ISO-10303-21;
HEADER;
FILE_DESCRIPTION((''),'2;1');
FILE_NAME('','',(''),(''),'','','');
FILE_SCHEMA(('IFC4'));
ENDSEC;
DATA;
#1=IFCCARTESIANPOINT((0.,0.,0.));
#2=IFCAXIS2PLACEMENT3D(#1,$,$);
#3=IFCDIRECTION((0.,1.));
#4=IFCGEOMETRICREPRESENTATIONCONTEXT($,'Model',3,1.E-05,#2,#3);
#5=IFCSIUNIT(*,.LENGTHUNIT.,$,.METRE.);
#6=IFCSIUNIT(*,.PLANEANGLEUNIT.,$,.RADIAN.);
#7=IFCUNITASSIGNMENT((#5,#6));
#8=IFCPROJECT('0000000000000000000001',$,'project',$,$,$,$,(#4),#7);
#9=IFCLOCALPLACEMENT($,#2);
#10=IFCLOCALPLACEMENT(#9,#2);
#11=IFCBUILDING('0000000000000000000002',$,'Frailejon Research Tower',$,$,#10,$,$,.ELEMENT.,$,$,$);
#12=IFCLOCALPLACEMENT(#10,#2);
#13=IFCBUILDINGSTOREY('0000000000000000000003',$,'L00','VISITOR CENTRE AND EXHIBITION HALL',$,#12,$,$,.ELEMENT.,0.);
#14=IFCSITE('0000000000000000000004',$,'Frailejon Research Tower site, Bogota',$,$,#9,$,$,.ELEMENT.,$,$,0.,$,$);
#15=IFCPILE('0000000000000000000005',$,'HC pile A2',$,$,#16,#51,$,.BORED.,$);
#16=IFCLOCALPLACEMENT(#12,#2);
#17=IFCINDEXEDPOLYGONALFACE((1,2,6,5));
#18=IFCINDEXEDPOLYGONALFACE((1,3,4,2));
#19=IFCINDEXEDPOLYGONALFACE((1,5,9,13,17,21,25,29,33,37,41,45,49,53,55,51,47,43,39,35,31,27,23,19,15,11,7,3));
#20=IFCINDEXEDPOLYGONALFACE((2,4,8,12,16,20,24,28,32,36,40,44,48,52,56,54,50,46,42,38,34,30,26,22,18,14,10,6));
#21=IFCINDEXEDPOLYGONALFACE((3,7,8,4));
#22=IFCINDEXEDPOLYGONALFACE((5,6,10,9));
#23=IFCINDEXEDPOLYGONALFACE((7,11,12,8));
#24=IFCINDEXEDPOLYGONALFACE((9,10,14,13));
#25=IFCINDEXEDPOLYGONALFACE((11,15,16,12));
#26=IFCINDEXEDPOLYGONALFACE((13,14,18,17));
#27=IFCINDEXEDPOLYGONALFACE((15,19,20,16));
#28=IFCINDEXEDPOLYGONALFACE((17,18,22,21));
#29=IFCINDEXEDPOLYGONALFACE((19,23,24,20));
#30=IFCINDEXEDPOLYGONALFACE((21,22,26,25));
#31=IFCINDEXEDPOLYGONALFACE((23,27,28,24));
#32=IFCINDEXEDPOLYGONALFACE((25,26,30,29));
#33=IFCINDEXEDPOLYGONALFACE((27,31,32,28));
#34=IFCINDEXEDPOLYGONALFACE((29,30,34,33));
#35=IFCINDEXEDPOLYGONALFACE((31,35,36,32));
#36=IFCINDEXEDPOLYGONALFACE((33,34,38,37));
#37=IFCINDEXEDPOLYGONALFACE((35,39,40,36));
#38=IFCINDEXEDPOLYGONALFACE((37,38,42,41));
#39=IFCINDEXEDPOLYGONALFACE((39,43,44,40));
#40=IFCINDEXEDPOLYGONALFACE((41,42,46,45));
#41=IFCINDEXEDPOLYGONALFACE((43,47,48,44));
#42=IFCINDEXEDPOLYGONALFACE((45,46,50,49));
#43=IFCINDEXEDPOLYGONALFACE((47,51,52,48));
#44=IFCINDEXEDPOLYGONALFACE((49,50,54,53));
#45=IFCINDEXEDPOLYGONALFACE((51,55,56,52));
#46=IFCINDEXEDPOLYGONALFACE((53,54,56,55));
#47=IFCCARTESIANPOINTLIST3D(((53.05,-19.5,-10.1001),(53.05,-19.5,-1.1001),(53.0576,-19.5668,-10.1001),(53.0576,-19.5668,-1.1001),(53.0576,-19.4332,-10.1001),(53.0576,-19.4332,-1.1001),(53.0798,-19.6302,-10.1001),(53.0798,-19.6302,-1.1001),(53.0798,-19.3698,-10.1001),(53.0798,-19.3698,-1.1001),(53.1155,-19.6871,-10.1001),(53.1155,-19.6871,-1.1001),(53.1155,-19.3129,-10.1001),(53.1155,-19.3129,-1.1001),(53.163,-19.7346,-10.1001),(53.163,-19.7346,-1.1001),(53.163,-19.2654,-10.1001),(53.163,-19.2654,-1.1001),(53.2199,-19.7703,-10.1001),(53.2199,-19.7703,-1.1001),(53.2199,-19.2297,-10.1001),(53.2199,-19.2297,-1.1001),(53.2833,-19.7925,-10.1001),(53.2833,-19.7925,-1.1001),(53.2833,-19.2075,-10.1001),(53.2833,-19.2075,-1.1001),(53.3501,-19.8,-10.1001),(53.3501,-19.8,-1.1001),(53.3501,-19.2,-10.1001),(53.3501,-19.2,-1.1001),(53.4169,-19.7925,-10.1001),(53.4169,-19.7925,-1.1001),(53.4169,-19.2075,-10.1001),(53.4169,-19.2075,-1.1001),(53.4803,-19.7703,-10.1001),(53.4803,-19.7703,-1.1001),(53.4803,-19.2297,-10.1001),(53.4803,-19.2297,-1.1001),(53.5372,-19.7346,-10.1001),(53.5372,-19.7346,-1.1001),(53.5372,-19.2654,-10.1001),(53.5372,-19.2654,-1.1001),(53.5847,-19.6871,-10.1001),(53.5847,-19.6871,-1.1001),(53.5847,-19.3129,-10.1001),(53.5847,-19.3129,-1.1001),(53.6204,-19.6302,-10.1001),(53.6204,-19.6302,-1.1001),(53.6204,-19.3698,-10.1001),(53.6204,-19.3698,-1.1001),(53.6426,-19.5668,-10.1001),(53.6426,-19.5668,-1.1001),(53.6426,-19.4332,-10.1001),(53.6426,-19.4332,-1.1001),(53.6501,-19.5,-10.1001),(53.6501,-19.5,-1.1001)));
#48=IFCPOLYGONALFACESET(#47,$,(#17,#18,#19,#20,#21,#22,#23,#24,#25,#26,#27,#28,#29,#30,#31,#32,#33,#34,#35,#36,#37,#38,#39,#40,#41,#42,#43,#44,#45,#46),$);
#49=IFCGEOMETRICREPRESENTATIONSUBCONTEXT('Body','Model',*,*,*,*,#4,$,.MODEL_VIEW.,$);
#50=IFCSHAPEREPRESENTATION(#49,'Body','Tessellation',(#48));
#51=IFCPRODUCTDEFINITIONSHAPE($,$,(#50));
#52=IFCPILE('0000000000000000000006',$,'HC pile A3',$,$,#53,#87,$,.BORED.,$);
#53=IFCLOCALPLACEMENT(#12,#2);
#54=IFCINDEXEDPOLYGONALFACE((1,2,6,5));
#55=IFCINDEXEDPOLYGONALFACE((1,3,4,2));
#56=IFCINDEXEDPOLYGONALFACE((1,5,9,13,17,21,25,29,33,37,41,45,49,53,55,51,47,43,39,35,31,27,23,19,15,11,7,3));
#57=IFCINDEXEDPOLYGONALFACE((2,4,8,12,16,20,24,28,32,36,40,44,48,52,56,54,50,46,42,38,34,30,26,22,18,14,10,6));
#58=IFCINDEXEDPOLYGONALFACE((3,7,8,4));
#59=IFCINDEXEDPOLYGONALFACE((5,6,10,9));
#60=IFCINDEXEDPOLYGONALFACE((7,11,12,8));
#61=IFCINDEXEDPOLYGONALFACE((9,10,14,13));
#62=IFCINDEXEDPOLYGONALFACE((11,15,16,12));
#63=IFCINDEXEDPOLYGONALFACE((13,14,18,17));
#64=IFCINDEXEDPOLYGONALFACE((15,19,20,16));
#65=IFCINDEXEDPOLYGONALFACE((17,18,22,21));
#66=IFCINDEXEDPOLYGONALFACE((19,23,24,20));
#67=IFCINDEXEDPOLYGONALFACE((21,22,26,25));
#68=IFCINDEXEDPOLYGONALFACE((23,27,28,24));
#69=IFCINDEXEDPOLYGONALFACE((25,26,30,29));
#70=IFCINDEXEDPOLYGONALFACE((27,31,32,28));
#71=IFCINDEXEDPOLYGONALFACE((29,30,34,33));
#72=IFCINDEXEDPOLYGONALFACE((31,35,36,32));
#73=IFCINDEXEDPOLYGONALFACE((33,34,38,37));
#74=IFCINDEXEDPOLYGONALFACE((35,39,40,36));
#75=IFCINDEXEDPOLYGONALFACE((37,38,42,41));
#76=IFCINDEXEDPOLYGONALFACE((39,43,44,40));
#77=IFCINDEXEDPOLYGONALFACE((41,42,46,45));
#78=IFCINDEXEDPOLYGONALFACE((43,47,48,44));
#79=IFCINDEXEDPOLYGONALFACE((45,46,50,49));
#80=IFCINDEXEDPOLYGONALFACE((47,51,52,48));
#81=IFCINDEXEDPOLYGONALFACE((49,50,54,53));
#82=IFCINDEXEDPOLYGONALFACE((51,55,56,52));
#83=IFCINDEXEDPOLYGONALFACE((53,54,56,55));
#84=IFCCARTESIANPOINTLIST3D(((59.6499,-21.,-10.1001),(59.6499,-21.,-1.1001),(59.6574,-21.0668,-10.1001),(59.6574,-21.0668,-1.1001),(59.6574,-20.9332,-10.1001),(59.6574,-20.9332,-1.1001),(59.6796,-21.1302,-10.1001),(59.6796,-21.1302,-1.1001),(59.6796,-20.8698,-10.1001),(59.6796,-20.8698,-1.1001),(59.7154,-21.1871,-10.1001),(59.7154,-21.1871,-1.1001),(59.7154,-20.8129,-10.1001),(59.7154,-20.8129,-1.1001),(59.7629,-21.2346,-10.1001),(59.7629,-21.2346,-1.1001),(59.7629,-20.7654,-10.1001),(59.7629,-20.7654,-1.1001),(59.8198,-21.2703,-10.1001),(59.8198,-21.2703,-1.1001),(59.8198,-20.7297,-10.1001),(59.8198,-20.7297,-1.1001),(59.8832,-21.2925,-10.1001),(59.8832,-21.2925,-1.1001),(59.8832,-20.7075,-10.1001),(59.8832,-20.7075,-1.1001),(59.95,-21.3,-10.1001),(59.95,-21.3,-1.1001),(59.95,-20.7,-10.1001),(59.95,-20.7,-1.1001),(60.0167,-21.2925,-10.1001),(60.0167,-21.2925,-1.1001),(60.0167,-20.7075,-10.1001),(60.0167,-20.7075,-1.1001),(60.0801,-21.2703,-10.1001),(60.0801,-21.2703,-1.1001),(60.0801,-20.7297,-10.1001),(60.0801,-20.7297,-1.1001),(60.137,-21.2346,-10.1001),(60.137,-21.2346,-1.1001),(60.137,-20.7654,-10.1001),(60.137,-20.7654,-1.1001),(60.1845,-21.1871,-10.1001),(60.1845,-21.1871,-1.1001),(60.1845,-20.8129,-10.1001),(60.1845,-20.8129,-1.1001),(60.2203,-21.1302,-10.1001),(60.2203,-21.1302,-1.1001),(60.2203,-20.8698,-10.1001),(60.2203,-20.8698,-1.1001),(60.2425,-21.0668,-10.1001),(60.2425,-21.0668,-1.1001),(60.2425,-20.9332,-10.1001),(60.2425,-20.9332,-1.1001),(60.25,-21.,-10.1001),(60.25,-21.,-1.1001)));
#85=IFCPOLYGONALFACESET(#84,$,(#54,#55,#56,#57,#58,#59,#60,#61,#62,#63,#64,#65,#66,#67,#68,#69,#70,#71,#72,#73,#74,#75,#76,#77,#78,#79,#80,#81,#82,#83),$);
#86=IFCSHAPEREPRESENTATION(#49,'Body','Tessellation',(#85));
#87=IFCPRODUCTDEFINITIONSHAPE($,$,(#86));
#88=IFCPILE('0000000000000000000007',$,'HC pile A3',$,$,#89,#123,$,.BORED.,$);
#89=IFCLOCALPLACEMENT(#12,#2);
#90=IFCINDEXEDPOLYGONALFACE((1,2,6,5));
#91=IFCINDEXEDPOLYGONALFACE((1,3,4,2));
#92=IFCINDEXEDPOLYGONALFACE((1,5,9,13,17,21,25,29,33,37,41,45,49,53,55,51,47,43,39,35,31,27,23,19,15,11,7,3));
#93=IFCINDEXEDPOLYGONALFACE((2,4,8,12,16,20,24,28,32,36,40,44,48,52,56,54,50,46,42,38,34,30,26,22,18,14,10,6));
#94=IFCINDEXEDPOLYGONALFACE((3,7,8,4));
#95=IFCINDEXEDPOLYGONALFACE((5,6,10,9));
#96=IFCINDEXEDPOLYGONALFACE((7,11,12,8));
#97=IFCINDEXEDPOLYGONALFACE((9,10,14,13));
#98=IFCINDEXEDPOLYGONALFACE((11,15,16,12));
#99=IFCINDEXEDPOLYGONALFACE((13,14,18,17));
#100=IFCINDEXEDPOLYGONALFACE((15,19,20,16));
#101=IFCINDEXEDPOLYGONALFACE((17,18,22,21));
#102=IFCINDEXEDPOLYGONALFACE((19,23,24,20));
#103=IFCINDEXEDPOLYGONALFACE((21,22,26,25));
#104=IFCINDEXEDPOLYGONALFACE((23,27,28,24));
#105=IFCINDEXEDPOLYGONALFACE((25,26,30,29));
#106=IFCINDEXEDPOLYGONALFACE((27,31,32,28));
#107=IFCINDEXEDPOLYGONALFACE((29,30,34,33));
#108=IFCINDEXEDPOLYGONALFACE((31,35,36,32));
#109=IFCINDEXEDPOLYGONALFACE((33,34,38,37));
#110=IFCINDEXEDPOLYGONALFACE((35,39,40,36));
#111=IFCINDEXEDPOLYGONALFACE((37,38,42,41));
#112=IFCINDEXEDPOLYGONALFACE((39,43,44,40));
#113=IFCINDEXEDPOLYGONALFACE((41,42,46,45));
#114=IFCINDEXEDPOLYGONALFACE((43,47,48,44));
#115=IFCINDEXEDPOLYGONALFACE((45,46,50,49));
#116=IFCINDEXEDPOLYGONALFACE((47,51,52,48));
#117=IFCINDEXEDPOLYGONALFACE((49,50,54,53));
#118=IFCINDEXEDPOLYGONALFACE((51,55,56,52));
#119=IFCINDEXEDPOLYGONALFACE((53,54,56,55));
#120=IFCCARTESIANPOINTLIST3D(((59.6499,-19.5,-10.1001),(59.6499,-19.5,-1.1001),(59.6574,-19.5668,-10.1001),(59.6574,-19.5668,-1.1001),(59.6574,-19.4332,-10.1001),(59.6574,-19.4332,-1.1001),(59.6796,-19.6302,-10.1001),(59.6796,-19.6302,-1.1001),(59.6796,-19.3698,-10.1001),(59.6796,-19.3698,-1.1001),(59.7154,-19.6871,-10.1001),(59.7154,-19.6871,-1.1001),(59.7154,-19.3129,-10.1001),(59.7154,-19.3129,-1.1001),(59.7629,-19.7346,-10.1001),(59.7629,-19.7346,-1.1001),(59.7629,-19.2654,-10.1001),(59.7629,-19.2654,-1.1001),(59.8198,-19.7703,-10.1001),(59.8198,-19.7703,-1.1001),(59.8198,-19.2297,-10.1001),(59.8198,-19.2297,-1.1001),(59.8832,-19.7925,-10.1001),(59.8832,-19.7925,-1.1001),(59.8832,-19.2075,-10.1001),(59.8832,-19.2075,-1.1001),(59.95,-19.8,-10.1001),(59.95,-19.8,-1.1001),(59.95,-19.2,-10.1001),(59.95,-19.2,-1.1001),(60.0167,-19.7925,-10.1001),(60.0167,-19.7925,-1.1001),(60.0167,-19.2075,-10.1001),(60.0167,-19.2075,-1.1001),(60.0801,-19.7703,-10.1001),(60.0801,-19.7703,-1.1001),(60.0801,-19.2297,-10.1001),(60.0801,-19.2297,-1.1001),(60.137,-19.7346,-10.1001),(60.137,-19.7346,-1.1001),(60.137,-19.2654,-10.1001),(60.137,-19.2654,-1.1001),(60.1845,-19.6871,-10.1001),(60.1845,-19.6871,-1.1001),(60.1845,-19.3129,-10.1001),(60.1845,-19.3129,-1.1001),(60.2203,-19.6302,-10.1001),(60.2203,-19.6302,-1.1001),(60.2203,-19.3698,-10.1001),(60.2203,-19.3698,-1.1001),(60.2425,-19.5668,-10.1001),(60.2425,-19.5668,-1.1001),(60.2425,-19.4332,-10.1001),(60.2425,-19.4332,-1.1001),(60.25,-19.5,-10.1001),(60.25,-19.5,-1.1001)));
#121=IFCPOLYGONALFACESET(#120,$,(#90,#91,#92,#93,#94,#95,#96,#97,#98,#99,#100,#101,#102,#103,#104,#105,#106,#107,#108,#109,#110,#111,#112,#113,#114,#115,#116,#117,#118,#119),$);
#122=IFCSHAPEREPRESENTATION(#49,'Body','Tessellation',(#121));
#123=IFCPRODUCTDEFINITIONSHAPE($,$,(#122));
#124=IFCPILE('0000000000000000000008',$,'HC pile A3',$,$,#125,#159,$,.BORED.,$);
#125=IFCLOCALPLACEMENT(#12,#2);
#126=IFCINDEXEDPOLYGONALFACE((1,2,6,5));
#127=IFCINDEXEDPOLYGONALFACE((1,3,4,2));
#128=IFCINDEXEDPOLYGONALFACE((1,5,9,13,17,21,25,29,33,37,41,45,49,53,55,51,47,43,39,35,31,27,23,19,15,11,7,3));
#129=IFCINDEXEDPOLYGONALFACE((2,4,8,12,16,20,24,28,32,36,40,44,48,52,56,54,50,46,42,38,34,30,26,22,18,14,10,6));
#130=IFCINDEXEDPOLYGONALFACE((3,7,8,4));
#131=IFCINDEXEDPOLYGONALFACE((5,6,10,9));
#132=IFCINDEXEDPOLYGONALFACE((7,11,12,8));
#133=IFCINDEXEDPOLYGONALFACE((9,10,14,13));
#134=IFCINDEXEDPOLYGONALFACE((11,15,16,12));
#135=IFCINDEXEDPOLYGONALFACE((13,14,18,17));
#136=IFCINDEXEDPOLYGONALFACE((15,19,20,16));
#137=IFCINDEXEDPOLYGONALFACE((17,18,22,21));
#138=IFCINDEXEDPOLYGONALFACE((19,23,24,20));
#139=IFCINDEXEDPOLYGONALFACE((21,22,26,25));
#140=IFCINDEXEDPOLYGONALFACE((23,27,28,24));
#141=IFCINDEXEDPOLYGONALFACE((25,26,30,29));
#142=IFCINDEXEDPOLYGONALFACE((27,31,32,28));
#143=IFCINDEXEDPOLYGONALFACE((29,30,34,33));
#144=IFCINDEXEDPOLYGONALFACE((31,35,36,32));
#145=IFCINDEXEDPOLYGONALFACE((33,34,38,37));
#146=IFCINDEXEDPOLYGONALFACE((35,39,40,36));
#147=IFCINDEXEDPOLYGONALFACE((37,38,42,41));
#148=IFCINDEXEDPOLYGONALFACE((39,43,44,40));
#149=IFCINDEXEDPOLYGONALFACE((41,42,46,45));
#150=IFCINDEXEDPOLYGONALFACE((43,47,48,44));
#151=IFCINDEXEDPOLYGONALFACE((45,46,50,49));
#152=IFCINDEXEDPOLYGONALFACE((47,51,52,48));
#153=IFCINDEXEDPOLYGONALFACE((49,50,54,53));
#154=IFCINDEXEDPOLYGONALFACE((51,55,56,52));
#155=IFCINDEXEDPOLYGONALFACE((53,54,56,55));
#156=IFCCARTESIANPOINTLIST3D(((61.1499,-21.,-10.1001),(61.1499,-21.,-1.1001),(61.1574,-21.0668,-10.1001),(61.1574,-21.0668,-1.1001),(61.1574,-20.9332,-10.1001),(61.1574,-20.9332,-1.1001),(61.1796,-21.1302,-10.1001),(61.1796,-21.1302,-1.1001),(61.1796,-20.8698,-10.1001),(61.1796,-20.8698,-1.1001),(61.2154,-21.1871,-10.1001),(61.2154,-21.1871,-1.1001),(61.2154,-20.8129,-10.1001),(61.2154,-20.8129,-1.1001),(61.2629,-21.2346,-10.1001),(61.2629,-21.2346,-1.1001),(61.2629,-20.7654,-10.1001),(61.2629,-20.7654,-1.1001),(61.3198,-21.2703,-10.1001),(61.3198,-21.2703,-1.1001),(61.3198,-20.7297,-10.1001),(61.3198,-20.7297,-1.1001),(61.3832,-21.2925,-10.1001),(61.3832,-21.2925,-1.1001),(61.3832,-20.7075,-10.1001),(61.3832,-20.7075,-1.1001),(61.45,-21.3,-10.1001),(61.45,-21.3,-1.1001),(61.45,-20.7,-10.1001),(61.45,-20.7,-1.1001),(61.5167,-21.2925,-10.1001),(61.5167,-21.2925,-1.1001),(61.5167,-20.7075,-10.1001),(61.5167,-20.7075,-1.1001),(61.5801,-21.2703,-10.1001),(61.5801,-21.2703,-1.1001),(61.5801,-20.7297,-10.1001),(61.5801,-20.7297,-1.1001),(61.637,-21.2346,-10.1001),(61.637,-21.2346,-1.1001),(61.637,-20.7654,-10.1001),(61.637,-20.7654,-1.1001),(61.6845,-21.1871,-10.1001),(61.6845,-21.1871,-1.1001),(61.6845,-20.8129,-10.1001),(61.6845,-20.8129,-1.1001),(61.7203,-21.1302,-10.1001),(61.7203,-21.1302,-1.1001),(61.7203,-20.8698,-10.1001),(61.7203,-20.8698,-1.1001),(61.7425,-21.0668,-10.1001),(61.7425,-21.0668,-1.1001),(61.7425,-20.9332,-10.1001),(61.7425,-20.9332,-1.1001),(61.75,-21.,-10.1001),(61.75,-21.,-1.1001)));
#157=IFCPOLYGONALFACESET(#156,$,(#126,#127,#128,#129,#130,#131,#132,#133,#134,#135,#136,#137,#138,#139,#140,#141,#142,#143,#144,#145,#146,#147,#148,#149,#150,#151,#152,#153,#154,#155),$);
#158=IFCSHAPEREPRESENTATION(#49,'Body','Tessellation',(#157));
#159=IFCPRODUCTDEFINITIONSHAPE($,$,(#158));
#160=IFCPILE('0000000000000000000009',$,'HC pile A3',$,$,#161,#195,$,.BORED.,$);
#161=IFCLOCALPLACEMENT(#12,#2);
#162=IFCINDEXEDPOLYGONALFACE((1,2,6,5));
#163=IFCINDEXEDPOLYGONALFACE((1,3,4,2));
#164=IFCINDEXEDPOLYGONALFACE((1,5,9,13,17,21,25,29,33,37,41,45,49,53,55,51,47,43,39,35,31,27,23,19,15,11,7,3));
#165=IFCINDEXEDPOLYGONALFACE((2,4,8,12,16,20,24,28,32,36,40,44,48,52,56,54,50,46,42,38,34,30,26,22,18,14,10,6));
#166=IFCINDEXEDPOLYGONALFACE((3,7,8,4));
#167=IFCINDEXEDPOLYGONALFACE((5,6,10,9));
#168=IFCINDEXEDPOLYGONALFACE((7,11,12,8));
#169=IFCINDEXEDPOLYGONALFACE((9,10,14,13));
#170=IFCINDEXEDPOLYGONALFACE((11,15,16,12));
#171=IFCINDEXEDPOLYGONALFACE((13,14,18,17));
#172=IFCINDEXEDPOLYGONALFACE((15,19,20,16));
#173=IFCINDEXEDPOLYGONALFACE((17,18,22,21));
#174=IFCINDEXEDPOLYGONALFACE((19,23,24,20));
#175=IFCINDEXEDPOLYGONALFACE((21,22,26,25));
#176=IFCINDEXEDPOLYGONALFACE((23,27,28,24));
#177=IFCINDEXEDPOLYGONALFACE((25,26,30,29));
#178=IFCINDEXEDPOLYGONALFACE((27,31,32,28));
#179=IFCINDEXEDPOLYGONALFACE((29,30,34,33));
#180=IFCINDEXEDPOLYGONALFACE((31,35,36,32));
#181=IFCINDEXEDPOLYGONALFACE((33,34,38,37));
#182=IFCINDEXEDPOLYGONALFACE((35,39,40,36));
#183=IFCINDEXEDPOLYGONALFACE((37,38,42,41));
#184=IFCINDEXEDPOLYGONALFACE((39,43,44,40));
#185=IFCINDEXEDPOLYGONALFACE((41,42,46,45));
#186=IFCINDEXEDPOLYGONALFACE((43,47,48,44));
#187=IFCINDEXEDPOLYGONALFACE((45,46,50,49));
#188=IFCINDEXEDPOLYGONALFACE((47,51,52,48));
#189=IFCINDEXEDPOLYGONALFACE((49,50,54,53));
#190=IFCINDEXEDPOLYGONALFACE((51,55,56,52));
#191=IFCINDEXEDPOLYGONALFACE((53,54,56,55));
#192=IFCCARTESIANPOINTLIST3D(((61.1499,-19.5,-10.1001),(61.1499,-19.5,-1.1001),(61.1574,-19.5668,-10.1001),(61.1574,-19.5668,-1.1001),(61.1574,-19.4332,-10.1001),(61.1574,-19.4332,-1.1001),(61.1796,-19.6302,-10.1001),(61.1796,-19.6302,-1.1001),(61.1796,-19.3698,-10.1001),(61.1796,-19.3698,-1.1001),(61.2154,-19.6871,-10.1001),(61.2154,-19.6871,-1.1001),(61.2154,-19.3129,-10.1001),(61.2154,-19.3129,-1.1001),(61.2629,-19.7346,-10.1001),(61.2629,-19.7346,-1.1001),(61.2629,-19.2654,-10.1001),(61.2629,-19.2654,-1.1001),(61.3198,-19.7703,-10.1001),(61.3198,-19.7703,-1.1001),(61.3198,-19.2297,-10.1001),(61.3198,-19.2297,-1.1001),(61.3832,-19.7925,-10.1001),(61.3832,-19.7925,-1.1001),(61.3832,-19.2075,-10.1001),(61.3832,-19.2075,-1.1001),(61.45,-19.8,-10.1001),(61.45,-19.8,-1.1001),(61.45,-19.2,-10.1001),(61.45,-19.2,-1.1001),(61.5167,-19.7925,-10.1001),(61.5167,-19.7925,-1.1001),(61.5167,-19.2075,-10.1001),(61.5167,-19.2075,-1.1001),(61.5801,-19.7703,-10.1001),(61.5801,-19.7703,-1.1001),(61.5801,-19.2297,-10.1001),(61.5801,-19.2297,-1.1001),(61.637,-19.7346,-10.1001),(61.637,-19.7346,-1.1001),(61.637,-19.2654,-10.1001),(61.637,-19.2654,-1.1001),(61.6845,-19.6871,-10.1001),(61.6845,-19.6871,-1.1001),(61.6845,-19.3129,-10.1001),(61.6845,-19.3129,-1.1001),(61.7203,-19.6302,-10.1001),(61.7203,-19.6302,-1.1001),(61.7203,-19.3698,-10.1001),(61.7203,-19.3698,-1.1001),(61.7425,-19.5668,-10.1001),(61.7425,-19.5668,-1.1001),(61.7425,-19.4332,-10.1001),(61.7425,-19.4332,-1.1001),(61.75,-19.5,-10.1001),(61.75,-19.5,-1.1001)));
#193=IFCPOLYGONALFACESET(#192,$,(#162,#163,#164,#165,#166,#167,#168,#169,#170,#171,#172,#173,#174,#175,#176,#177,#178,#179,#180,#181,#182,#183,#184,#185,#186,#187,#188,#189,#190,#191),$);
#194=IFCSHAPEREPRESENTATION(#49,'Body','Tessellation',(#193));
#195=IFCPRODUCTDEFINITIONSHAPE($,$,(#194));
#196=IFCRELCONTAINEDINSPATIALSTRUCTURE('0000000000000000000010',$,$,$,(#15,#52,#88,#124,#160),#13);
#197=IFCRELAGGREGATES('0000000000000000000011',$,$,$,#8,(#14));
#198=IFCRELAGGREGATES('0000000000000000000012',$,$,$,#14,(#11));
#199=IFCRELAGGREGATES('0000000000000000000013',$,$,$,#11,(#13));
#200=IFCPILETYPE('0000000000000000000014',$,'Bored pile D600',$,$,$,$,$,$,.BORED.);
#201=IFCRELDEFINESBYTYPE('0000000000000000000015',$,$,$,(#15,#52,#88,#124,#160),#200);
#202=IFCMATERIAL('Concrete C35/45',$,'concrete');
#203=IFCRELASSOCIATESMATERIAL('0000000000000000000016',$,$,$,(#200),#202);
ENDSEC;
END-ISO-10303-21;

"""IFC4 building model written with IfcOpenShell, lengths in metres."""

from ifc_helpers import new_model, si_unit, direction, frame, origin, origin_2d, place, context, subcontext, project, spatial, circle, extrude, material, material_profile, profile_set, type_object, element, save


model = new_model("IFC4")

# Units and contexts
model_context = context("Model", 3, precision=1e-05, world=origin(), true_north=direction((0.0, 1.0)))
body_context = subcontext(model_context, "Body", "Model", "MODEL_VIEW")
ifc_project = project(units=[si_unit("LENGTHUNIT", "METRE"), si_unit("PLANEANGLEUNIT", "RADIAN")], contexts=[model_context])

# Site, building, storey
site_placement = place(None, origin())
site = spatial("IfcSite", under=ifc_project, at=site_placement, Name="Frailejon Research Tower site, Bogota", CompositionType="ELEMENT", RefElevation=0.0)
building_placement = place(site_placement, origin())
building = spatial("IfcBuilding", under=site, at=building_placement, Name="Frailejon Research Tower", CompositionType="ELEMENT")
storey_placement = place(building_placement, origin())
storey = spatial("IfcBuildingStorey", under=building, at=storey_placement, Name="L00", Description="VISITOR CENTRE AND EXHIBITION HALL", CompositionType="ELEMENT", Elevation=0.0)

# Piles
ifc_material_1 = material(Name="Concrete C35/45", Category="concrete")
ifc_material_profile_1 = material_profile(ifc_material_1, circle(Radius=0.3, at=origin_2d()), Name="Bored pile D600")
ifc_profile_set_1 = profile_set([ifc_material_profile_1], Name="Concrete C35/45")
pile_type = type_object("IfcPileType", Name="Bored pile D600", PredefinedType="BORED", material=ifc_profile_set_1)
for number, where, z_axis, x_axis, name in (
    (1, (53.3501, -19.5, -1.1001), (0.0, 0.0, -1.0), (1.0, 0.0, 0.0), "HC pile A2"),
    (2, (59.95, -21.0, -1.1001), (0.0, 0.0, -1.0), (1.0, 0.0, 0.0), "HC pile A3"),
    (3, (59.95, -19.5, -1.1001), (0.0, 0.0, -1.0), (1.0, 0.0, 0.0), "HC pile A3"),
    (4, (61.45, -21.0, -1.1001), (0.0, 0.0, -1.0), (1.0, 0.0, 0.0), "HC pile A3"),
    (5, (61.45, -19.5, -1.1001), (0.0, 0.0, -1.0), (1.0, 0.0, 0.0), "HC pile A3"),
):
    element("IfcPile", number, at=place(storey_placement, frame(where, z_axis=z_axis, x_axis=x_axis)), inside=storey, type_object=pile_type, Name=name, PredefinedType="BORED", context=body_context, shape_type="SweptSolid", body=[
        extrude(circle(Radius=0.3, at=origin_2d()), origin(), (0.0, 0.0, 1.0), 9.0),
    ])

save(model, "model.ifc")
